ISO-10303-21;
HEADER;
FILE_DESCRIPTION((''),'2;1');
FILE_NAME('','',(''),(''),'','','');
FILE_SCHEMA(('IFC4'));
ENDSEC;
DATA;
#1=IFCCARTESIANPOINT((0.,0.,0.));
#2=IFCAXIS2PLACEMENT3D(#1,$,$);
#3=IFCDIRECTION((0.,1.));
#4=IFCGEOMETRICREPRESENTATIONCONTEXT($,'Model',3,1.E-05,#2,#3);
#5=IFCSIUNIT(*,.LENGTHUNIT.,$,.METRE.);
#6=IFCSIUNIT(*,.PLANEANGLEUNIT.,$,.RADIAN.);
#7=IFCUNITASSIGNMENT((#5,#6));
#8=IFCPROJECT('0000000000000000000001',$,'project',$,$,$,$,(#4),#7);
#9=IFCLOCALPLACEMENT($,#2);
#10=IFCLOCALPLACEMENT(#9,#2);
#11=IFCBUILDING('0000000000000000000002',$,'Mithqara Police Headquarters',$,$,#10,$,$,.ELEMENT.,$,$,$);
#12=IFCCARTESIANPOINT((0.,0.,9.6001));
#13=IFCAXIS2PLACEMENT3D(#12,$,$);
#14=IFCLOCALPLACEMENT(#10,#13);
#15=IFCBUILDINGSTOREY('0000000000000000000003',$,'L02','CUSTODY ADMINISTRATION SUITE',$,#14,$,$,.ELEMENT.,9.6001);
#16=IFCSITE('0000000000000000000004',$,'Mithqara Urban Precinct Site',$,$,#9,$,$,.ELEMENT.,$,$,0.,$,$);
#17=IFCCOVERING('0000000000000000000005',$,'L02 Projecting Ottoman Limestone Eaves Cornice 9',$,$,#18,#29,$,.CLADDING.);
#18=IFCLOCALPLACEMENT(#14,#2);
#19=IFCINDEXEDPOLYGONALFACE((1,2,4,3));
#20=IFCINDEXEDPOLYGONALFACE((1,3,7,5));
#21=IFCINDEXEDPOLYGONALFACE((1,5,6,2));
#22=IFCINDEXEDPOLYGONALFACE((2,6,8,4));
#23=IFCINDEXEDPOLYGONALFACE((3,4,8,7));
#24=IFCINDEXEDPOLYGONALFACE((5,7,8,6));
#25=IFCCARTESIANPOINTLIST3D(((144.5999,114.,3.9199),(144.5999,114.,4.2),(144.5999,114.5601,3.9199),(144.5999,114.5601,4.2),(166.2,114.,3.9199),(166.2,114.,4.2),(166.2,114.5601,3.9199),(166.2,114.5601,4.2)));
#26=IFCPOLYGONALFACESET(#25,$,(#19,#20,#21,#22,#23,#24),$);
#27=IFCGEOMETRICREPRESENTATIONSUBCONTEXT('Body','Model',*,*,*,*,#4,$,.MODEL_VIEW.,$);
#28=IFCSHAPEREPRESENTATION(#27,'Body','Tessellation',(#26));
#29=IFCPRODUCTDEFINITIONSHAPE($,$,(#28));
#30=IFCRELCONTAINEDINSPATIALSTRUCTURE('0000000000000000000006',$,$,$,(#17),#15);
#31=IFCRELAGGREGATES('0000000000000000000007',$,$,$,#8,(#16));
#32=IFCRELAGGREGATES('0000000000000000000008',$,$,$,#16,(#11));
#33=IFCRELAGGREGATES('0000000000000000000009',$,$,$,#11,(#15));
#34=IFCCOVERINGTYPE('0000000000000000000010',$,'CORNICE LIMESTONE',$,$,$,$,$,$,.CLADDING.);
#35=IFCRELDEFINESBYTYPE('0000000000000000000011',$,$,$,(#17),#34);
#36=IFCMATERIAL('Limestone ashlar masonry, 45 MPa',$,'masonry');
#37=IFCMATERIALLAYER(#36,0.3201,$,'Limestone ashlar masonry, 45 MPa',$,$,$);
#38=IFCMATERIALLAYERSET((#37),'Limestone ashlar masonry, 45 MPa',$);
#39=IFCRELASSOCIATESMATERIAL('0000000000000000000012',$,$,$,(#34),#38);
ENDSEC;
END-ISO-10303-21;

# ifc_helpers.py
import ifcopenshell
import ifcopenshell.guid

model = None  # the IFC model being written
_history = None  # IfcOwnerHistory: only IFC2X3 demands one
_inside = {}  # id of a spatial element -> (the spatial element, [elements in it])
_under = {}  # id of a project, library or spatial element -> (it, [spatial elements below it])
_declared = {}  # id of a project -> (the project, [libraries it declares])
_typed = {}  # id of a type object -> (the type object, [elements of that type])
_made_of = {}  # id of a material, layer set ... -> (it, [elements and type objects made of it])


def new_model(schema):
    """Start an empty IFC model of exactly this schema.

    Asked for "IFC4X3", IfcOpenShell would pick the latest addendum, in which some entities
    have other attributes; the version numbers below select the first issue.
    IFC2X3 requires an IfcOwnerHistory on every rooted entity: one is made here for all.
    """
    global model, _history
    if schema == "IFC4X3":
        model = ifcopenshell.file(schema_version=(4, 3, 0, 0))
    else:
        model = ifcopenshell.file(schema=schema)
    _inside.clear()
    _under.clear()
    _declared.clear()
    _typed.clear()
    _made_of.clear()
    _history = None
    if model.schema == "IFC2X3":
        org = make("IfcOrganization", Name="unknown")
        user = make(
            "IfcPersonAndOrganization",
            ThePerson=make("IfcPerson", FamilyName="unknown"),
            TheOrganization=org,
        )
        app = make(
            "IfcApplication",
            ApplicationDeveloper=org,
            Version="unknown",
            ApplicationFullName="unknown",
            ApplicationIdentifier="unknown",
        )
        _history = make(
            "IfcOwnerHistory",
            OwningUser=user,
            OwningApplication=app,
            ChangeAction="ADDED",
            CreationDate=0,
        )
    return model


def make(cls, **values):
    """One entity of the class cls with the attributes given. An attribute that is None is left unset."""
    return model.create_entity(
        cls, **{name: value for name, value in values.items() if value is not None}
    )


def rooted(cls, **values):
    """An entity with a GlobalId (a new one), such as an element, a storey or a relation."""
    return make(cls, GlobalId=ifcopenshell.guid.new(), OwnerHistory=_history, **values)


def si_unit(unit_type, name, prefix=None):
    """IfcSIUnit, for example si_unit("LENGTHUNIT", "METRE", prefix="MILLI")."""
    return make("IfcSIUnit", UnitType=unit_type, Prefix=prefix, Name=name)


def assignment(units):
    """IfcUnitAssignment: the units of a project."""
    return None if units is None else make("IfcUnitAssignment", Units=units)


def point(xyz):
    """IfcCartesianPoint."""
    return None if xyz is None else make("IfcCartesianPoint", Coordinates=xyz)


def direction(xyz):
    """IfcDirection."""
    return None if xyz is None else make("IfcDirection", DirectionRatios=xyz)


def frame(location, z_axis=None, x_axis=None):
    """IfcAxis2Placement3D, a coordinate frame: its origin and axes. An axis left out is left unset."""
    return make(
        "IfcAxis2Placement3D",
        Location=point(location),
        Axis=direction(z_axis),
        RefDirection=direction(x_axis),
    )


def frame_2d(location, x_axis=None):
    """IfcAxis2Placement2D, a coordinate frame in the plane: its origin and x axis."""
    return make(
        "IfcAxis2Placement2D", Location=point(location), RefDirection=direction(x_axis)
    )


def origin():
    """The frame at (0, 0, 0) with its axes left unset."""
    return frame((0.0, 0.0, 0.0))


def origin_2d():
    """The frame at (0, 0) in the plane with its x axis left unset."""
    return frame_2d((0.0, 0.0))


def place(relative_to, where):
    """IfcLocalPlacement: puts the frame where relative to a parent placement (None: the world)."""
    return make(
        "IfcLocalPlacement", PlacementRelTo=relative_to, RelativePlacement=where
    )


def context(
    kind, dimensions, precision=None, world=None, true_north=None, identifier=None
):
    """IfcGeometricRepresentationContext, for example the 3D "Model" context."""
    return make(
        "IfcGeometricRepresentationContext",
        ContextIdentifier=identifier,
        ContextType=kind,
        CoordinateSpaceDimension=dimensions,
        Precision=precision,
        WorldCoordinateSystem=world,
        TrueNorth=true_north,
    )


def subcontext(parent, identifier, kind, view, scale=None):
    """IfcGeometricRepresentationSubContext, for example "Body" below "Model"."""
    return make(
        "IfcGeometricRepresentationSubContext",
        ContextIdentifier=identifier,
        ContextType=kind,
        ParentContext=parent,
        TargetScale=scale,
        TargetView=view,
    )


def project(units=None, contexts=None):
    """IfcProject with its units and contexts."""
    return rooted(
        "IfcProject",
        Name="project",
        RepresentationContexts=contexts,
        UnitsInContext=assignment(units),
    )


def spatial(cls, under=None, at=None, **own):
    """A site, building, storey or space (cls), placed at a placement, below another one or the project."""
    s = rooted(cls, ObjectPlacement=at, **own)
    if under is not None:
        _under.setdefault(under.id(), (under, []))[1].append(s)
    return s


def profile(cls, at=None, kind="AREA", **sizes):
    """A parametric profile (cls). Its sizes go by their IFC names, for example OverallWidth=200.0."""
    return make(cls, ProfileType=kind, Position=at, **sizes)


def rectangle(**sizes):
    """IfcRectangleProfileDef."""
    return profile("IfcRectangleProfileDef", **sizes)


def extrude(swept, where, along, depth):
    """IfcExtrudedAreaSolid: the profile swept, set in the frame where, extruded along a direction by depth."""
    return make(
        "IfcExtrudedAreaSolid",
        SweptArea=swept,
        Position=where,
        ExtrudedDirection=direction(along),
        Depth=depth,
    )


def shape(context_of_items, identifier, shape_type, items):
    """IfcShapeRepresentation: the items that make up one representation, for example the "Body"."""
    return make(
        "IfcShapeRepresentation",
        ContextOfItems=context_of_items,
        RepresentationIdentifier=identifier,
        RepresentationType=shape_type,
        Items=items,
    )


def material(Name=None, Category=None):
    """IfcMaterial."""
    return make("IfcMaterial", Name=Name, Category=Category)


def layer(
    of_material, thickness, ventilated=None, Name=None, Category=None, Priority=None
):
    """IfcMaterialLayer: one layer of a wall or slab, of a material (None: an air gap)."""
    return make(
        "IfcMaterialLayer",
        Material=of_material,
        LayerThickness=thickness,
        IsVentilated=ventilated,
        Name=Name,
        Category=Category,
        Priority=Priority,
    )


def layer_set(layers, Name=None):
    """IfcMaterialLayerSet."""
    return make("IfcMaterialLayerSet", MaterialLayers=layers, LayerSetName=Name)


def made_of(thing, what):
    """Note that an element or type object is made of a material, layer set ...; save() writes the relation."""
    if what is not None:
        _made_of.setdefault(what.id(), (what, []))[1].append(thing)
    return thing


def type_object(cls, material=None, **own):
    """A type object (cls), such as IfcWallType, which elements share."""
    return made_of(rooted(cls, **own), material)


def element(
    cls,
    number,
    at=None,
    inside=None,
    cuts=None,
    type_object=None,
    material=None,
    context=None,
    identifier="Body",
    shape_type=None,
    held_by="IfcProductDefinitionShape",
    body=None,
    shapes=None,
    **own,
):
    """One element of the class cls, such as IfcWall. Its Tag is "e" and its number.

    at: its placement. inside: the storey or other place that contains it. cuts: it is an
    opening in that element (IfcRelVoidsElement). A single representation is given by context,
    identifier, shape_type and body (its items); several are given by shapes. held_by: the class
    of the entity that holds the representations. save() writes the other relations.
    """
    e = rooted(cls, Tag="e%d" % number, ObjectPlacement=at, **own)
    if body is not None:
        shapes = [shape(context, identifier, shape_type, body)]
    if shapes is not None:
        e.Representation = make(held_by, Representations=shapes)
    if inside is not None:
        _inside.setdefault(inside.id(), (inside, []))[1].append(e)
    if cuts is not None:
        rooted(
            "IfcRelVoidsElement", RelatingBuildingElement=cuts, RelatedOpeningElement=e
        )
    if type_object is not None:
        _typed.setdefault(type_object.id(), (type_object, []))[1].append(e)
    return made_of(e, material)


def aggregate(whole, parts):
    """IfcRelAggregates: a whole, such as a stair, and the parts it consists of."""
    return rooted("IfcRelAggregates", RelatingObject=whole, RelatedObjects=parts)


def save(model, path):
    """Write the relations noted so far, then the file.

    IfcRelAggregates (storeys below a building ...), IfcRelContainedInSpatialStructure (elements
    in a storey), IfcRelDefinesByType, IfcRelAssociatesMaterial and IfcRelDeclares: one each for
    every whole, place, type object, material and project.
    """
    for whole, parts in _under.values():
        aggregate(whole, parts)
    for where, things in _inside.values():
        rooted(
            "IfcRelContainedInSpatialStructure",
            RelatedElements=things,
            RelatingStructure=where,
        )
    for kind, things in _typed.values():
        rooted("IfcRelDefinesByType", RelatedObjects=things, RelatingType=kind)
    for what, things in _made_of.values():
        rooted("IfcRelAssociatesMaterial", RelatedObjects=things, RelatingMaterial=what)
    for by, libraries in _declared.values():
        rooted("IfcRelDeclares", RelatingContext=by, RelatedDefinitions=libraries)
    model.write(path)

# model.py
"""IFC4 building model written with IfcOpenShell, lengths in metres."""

from ifc_helpers import new_model, si_unit, direction, frame, origin, origin_2d, place, context, subcontext, project, spatial, rectangle, extrude, material, layer, layer_set, type_object, element, save


model = new_model("IFC4")

# Units and contexts
model_context = context("Model", 3, precision=1e-05, world=origin(), true_north=direction((0.0, 1.0)))
body_context = subcontext(model_context, "Body", "Model", "MODEL_VIEW")
ifc_project = project(units=[si_unit("LENGTHUNIT", "METRE"), si_unit("PLANEANGLEUNIT", "RADIAN")], contexts=[model_context])

# Site, building, storey
site_placement = place(None, origin())
site = spatial("IfcSite", under=ifc_project, at=site_placement, Name="Mithqara Urban Precinct Site", CompositionType="ELEMENT", RefElevation=0.0)
building_placement = place(site_placement, origin())
building = spatial("IfcBuilding", under=site, at=building_placement, Name="Mithqara Police Headquarters", CompositionType="ELEMENT")
storey_placement = place(building_placement, frame((0.0, 0.0, 9.6001)))
storey = spatial("IfcBuildingStorey", under=building, at=storey_placement, Name="L02", Description="CUSTODY ADMINISTRATION SUITE", CompositionType="ELEMENT", Elevation=9.6001)

# Covering
ifc_material_1 = material(Name="Limestone ashlar masonry, 45 MPa", Category="masonry")
ifc_layer_1 = layer(ifc_material_1, 0.3201, Name="Limestone ashlar masonry, 45 MPa")
ifc_layer_set_1 = layer_set([ifc_layer_1], Name="Limestone ashlar masonry, 45 MPa")
covering_type = type_object("IfcCoveringType", Name="CORNICE LIMESTONE", PredefinedType="CLADDING", material=ifc_layer_set_1)
covering_placement = place(storey_placement, frame((155.3999, 114.28, 3.9199), z_axis=(0.0, 0.0, 1.0), x_axis=(1.0, 0.0, 0.0)))
element("IfcCovering", 1, at=covering_placement, inside=storey, type_object=covering_type, Name="L02 Projecting Ottoman Limestone Eaves Cornice 9", PredefinedType="CLADDING", context=body_context, shape_type="SweptSolid", body=[
    extrude(rectangle(XDim=21.6001, YDim=0.5601, at=origin_2d()), origin(), (0.0, 0.0, 1.0), 0.28),
])

save(model, "model.ifc")
